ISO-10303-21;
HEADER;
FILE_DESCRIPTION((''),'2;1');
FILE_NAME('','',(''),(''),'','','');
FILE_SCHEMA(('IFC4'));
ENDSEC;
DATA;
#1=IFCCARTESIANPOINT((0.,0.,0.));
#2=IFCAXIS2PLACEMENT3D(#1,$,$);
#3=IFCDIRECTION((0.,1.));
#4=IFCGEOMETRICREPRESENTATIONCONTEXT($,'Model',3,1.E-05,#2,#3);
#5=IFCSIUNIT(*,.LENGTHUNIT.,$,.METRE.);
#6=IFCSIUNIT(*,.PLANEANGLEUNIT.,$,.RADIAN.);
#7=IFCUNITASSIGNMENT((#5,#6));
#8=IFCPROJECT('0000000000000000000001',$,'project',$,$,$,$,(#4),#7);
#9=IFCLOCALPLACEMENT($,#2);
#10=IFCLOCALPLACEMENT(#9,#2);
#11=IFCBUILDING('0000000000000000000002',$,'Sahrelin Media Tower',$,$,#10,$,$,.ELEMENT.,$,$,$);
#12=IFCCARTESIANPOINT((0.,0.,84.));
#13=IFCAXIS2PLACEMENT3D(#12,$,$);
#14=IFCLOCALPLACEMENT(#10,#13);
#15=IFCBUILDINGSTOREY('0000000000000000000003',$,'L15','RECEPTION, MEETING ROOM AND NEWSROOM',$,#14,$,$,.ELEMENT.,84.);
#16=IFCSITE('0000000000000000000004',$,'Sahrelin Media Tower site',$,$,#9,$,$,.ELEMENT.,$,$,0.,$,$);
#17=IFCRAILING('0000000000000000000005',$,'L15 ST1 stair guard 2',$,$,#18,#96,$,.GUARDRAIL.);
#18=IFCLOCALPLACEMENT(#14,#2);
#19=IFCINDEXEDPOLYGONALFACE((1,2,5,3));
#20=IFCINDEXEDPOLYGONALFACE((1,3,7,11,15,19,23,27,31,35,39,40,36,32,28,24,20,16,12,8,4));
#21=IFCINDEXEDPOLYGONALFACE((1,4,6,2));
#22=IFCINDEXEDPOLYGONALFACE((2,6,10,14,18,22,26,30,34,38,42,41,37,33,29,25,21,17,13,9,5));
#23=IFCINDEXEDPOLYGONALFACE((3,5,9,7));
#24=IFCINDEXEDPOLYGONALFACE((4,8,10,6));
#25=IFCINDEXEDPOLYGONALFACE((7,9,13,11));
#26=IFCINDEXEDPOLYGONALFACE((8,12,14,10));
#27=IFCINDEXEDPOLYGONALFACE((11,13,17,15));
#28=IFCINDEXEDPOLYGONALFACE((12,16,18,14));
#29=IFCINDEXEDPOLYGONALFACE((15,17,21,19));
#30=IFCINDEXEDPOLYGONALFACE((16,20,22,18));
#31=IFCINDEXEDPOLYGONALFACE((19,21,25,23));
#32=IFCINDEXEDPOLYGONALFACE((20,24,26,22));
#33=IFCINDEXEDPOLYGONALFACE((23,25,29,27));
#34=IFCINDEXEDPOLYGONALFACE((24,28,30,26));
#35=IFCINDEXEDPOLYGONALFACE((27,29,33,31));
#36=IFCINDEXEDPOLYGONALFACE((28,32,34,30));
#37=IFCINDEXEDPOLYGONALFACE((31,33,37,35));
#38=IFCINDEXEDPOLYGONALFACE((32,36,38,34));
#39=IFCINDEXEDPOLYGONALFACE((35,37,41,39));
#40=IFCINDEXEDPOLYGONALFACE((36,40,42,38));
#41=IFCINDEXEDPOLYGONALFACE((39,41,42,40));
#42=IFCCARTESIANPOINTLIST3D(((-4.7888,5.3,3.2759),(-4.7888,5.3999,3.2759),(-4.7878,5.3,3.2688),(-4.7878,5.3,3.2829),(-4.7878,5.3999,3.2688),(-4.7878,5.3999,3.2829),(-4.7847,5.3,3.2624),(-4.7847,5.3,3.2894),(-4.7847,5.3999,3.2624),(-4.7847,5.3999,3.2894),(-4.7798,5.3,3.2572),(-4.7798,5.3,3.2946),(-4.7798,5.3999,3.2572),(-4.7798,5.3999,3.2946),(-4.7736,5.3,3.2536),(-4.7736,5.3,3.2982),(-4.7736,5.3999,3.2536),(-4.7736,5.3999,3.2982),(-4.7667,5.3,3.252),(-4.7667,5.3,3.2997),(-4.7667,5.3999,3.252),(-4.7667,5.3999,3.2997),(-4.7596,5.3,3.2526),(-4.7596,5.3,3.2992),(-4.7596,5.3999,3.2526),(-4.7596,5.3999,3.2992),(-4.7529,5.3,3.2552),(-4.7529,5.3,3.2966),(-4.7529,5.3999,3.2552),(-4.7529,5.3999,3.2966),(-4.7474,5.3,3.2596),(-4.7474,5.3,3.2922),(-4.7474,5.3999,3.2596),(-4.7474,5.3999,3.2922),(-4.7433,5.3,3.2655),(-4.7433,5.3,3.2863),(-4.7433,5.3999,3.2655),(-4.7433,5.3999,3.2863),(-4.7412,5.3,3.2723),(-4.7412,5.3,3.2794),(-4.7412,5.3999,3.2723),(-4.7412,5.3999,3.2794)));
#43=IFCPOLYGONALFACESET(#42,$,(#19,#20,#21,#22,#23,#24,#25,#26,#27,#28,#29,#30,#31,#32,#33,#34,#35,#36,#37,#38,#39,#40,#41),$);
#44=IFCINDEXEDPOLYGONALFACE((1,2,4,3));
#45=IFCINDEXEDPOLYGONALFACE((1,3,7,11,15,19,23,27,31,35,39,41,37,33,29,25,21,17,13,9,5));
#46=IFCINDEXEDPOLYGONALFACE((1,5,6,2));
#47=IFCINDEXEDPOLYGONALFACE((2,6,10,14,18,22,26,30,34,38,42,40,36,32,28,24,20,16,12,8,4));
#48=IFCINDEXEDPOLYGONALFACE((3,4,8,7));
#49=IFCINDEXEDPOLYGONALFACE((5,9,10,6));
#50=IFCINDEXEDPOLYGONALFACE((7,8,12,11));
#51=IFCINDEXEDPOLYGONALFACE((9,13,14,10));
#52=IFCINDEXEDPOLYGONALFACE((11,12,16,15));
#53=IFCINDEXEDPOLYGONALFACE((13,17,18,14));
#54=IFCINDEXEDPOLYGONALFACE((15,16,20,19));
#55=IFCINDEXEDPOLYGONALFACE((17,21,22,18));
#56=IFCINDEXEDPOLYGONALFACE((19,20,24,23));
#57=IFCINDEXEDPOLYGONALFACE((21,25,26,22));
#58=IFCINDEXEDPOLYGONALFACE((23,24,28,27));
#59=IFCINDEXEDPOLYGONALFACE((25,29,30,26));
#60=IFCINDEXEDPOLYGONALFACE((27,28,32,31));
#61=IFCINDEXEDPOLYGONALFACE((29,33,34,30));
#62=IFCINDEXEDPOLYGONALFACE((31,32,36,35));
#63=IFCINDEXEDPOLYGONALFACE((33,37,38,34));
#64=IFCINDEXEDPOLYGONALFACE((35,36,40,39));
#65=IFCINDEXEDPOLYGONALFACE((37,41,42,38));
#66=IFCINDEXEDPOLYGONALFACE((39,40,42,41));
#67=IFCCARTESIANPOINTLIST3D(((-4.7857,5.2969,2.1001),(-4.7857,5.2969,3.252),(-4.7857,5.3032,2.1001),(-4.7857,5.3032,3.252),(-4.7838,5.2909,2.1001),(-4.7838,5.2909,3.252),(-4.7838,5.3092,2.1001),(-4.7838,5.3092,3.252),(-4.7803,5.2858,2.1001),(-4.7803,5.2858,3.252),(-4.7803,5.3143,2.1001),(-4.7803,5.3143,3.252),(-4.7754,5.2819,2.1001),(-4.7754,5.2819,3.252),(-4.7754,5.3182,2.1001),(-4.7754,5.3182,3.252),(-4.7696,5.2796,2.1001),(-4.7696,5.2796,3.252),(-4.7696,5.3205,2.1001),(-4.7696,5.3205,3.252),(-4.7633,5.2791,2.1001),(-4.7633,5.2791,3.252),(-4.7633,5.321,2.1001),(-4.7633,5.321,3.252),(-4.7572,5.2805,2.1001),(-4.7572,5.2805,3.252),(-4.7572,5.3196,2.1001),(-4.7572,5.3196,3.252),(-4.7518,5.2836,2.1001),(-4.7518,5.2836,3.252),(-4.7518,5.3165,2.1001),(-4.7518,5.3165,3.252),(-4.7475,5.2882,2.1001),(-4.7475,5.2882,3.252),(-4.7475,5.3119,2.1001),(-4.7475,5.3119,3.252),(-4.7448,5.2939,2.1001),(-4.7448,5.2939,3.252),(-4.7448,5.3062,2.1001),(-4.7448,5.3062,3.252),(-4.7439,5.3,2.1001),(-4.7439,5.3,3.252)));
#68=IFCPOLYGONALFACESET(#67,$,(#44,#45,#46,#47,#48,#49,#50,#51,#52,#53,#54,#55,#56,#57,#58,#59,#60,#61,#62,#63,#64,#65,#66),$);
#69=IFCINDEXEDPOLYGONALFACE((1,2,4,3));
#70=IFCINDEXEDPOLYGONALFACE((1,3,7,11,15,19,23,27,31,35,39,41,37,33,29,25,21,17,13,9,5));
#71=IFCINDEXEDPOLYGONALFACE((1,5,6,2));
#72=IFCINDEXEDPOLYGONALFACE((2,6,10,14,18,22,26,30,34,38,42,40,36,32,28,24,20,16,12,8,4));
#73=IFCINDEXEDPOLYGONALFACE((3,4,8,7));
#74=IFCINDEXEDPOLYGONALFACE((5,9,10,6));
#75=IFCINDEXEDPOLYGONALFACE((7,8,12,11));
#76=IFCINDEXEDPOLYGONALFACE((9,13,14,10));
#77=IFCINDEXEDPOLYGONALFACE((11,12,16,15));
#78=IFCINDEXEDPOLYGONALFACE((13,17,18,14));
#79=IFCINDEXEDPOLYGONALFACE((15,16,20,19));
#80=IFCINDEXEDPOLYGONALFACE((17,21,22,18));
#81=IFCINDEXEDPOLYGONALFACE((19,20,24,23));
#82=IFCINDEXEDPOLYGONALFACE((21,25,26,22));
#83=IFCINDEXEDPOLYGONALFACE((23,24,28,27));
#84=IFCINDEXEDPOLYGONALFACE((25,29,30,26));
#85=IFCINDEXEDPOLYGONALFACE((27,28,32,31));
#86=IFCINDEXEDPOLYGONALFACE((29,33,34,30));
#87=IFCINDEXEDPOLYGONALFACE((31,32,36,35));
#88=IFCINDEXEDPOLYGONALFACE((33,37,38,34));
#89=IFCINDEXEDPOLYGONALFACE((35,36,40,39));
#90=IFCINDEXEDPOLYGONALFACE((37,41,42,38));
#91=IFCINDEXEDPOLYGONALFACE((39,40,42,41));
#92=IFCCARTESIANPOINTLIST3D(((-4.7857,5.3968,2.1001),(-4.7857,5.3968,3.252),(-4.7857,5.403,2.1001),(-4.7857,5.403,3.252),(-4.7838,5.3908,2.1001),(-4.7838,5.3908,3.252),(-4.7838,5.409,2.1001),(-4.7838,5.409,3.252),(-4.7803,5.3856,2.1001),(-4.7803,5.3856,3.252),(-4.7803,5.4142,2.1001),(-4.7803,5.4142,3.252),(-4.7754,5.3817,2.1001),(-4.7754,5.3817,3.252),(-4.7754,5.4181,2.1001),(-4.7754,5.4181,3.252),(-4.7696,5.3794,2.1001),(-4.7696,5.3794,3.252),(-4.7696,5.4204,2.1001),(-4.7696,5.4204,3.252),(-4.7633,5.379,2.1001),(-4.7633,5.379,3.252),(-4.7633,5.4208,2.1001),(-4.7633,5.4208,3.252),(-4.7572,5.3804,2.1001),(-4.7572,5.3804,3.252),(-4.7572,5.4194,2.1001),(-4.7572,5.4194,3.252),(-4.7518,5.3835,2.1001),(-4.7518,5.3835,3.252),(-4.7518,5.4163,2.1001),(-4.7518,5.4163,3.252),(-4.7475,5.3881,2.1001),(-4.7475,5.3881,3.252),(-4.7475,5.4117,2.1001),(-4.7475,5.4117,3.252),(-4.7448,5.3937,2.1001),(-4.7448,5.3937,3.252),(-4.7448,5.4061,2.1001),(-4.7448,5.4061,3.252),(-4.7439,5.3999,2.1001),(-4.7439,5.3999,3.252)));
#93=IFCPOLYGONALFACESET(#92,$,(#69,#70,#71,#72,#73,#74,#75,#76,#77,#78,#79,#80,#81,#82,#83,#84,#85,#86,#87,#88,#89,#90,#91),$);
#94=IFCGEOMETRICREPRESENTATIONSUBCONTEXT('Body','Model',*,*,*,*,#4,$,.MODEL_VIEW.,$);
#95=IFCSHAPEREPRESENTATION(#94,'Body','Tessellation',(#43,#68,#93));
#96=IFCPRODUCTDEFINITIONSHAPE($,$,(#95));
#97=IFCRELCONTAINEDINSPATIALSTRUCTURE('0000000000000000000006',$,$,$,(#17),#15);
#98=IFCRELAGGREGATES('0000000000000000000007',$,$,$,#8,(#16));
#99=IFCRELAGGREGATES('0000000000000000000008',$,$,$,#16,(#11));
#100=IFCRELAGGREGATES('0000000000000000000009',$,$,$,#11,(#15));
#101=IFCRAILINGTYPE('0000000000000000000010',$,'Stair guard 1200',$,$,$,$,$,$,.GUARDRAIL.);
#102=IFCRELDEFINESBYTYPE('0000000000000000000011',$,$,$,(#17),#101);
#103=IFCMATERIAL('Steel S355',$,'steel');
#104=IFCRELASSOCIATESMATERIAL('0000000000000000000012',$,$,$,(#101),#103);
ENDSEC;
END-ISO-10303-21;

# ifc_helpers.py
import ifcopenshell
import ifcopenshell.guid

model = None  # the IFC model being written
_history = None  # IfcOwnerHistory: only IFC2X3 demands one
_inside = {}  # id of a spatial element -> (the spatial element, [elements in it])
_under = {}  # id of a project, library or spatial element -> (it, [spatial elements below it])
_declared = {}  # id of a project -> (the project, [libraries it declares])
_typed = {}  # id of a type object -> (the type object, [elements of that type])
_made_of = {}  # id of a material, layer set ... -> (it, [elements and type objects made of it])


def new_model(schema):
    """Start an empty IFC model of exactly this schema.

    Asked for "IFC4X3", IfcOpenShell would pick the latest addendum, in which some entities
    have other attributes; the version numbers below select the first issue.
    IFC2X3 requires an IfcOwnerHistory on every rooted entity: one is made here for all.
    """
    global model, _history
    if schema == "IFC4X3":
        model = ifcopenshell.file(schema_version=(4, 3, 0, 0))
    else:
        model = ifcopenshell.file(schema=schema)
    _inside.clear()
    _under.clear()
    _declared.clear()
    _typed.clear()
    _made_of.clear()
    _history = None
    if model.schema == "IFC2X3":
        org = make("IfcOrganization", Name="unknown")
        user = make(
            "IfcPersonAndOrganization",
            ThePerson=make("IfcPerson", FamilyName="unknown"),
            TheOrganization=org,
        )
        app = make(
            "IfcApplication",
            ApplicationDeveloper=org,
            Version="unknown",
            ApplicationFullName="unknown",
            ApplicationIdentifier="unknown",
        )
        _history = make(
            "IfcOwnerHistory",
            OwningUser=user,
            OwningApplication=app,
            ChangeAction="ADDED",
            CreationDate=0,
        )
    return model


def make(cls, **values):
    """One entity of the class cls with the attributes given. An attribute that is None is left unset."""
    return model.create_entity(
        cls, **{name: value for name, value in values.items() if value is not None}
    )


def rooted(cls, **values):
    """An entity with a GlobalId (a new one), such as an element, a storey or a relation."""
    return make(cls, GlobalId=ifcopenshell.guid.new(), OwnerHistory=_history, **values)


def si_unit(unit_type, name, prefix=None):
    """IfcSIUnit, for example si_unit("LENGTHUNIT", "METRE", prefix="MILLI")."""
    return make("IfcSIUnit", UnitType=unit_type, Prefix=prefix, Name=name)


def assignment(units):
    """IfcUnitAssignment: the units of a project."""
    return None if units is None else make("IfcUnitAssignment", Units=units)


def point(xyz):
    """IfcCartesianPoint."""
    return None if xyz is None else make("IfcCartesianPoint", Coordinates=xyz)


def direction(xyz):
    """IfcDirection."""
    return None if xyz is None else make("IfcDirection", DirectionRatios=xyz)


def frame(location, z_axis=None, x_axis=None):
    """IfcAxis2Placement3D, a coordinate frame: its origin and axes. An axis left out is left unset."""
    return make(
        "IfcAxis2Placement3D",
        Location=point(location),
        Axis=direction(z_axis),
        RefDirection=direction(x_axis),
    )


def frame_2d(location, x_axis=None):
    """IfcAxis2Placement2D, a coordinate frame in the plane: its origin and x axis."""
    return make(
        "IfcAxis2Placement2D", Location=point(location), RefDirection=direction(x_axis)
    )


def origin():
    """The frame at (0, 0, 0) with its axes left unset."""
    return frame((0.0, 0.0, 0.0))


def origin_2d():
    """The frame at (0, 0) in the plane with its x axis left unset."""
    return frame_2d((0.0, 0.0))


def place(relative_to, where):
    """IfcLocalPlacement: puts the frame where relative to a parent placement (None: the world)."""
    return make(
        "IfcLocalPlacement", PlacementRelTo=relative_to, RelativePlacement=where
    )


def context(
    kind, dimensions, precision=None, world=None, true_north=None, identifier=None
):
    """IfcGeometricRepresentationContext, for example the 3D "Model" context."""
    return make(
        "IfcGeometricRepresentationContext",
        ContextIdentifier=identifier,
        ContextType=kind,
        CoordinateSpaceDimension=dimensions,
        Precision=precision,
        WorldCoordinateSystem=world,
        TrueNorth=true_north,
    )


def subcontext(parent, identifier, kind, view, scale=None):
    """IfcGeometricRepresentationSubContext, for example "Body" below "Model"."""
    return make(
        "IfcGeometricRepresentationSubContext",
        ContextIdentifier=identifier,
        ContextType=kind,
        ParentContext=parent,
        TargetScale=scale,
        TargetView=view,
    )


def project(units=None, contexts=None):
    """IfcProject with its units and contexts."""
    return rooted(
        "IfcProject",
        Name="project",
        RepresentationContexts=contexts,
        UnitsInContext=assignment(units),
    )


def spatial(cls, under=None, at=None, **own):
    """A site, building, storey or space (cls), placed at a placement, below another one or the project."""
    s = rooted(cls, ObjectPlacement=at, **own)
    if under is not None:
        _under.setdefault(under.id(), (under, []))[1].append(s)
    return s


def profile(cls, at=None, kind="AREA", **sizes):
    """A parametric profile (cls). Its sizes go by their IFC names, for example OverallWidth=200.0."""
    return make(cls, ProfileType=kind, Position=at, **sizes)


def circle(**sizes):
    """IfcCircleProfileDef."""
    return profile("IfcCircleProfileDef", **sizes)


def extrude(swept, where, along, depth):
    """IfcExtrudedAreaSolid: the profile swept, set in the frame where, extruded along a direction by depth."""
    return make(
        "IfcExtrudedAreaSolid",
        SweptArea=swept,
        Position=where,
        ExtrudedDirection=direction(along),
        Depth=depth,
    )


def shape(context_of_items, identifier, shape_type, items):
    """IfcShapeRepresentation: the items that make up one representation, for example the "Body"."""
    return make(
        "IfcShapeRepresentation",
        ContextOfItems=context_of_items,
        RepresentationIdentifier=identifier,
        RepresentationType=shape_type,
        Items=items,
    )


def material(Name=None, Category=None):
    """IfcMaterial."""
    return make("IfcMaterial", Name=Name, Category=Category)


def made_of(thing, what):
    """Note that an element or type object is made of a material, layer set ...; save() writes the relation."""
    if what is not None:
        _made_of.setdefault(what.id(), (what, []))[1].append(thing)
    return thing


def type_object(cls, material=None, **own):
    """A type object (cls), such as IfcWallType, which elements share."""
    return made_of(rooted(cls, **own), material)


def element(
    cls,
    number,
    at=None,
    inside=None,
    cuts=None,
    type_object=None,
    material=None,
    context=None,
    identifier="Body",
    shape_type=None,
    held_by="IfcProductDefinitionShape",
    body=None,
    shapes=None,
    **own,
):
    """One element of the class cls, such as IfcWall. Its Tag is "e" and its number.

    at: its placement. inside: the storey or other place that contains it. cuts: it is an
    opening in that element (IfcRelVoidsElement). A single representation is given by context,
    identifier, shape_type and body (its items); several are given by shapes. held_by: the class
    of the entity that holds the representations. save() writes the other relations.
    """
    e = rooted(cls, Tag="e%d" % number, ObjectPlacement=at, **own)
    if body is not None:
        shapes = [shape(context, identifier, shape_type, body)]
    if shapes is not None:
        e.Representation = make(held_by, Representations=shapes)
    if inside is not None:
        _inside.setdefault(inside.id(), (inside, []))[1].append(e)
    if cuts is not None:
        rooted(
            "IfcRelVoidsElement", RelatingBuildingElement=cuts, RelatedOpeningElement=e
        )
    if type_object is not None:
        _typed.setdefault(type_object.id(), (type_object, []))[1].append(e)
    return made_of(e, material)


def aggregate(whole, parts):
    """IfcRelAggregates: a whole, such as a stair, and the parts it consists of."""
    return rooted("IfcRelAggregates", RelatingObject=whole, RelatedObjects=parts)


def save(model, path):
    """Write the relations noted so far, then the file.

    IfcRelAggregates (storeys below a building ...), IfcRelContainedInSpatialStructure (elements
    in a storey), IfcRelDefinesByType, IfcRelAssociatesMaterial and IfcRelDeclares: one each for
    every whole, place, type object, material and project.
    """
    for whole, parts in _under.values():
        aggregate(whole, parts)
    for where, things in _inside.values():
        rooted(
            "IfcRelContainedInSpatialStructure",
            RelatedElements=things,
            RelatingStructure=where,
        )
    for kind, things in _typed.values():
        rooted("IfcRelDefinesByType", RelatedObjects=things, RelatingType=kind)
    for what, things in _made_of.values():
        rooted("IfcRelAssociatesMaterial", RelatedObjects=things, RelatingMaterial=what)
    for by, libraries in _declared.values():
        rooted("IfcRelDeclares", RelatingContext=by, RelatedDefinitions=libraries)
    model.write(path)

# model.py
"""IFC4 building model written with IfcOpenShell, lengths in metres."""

from ifc_helpers import new_model, si_unit, direction, frame, origin, origin_2d, place, context, subcontext, project, spatial, circle, extrude, material, type_object, element, save


model = new_model("IFC4")

# Units and contexts
model_context = context("Model", 3, precision=1e-05, world=origin(), true_north=direction((0.0, 1.0)))
body_context = subcontext(model_context, "Body", "Model", "MODEL_VIEW")
ifc_project = project(units=[si_unit("LENGTHUNIT", "METRE"), si_unit("PLANEANGLEUNIT", "RADIAN")], contexts=[model_context])

# Site, building, storey
site_placement = place(None, origin())
site = spatial("IfcSite", under=ifc_project, at=site_placement, Name="Sahrelin Media Tower site", CompositionType="ELEMENT", RefElevation=0.0)
building_placement = place(site_placement, origin())
building = spatial("IfcBuilding", under=site, at=building_placement, Name="Sahrelin Media Tower", CompositionType="ELEMENT")
storey_placement = place(building_placement, frame((0.0, 0.0, 84.0)))
storey = spatial("IfcBuildingStorey", under=building, at=storey_placement, Name="L15", Description="RECEPTION, MEETING ROOM AND NEWSROOM", CompositionType="ELEMENT", Elevation=84.0)

# Shared definitions
ifc_material_1 = material(Name="Steel S355", Category="steel")

# Railing
railing_type_1 = type_object("IfcRailingType", Name="Stair guard 1200", PredefinedType="GUARDRAIL", material=ifc_material_1)
railing_1_placement = place(storey_placement, frame((-4.7649, 5.3, 2.1001)))
element("IfcRailing", 1, at=railing_1_placement, inside=storey, type_object=railing_type_1, Name="L15 ST1 stair guard 2", PredefinedType="GUARDRAIL", context=body_context, shape_type="SweptSolid", body=[
    extrude(circle(Radius=0.0239, at=origin_2d()), frame((0.0, 0.0, 1.1758), z_axis=(0.0, 1.0, 0.0), x_axis=(-1.0, 0.0, 0.0)), (0.0, 0.0, 1.0), 0.0999),
    extrude(circle(Radius=0.021, at=origin_2d()), origin(), (0.0, 0.0, 1.0), 1.1519),
    extrude(circle(Radius=0.021, at=origin_2d()), frame((0.0, 0.0999, 0.0)), (0.0, 0.0, 1.0), 1.1519),
])

save(model, "model.ifc")
